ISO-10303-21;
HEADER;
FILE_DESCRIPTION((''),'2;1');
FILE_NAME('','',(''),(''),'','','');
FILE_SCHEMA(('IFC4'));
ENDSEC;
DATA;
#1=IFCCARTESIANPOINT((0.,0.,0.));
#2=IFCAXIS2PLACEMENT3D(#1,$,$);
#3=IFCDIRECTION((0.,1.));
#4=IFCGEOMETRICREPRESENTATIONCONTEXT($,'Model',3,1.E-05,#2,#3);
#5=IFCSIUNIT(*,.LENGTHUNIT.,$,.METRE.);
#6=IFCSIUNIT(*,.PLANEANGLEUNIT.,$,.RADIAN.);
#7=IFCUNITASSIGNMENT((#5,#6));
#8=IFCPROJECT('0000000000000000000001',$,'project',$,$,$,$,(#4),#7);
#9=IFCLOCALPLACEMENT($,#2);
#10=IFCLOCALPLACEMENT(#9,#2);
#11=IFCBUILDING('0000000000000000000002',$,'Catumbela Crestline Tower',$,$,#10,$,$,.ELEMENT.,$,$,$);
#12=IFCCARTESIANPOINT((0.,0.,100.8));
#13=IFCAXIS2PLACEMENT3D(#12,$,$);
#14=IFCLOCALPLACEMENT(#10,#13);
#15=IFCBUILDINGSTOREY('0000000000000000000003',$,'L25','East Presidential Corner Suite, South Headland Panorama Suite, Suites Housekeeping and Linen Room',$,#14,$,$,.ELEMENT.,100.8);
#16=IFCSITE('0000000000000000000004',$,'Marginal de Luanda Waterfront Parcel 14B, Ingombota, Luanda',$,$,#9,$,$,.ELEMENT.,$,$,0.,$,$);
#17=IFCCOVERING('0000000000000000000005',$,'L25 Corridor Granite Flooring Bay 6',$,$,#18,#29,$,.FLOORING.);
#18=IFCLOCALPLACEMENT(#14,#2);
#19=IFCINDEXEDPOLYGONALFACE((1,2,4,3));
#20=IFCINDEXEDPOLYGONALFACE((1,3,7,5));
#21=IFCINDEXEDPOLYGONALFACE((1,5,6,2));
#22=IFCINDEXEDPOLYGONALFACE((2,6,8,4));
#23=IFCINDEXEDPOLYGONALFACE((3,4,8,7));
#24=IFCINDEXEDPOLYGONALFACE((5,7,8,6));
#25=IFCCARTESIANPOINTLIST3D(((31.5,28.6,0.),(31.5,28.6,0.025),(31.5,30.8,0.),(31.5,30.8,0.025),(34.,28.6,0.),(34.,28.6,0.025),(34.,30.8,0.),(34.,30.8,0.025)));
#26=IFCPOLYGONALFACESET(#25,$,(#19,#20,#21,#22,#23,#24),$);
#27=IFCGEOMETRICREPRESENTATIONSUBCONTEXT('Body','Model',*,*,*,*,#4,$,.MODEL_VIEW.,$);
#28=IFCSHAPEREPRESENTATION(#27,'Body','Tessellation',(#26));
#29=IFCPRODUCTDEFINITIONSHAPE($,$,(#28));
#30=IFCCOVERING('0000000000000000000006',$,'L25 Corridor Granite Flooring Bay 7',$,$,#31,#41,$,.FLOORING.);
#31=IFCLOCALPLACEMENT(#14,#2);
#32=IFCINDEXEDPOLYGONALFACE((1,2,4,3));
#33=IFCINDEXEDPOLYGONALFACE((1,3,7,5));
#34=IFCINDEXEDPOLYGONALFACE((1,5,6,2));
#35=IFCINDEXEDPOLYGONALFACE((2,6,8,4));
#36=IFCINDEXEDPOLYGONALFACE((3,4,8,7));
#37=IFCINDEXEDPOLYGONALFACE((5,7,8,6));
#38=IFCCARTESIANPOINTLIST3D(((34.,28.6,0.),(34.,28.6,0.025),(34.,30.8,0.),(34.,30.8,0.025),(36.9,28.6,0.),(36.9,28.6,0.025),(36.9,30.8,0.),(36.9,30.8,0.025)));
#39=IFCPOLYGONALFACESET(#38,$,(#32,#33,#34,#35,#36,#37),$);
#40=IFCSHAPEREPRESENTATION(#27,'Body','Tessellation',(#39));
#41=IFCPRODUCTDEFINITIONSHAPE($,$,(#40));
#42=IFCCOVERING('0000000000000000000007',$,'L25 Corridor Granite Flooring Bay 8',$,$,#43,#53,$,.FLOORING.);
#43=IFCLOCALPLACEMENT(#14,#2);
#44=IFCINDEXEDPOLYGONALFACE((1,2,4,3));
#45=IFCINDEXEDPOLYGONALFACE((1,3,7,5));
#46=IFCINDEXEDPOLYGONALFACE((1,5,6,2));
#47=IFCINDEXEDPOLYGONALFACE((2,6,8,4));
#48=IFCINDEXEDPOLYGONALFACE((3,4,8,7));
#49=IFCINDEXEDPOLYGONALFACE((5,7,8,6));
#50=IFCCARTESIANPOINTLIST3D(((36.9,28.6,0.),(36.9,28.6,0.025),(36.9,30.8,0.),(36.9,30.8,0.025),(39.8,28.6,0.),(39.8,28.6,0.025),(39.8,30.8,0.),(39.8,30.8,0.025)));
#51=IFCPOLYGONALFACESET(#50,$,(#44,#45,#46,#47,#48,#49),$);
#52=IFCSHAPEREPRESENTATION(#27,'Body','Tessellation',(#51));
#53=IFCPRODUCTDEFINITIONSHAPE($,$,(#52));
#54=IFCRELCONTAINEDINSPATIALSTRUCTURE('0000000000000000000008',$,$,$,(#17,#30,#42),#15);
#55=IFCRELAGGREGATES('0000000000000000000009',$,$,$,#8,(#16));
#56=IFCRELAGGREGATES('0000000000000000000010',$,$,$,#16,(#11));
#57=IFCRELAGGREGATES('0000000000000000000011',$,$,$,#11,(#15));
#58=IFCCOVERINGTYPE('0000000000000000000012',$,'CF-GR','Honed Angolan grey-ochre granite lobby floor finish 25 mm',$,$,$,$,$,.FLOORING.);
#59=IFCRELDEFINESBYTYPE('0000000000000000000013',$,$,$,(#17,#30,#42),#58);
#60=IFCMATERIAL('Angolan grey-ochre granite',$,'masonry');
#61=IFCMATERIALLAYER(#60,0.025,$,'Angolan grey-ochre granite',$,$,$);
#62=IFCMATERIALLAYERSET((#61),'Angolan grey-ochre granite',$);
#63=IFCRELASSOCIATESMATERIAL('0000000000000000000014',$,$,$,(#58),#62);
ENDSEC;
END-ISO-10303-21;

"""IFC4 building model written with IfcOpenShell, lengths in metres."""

from ifc_helpers import new_model, si_unit, direction, frame, origin, place, context, subcontext, project, spatial, polyline, outline, extrude, material, layer, layer_set, type_object, element, save


model = new_model("IFC4")

# Units and contexts
model_context = context("Model", 3, precision=1e-05, world=origin(), true_north=direction((0.0, 1.0)))
body_context = subcontext(model_context, "Body", "Model", "MODEL_VIEW")
ifc_project = project(units=[si_unit("LENGTHUNIT", "METRE"), si_unit("PLANEANGLEUNIT", "RADIAN")], contexts=[model_context])

# Site, building, storey
site_placement = place(None, origin())
site = spatial("IfcSite", under=ifc_project, at=site_placement, Name="Marginal de Luanda Waterfront Parcel 14B, Ingombota, Luanda", CompositionType="ELEMENT", RefElevation=0.0)
building_placement = place(site_placement, origin())
building = spatial("IfcBuilding", under=site, at=building_placement, Name="Catumbela Crestline Tower", CompositionType="ELEMENT")
storey_placement = place(building_placement, frame((0.0, 0.0, 100.8)))
storey = spatial("IfcBuildingStorey", under=building, at=storey_placement, Name="L25", Description="East Presidential Corner Suite, South Headland Panorama Suite, Suites Housekeeping and Linen Room", CompositionType="ELEMENT", Elevation=100.8)

# Shared definitions
ifc_material_1 = material(Name="Angolan grey-ochre granite", Category="masonry")

# Coverings
ifc_layer_1 = layer(ifc_material_1, 0.025, Name="Angolan grey-ochre granite")
ifc_layer_set_1 = layer_set([ifc_layer_1], Name="Angolan grey-ochre granite")
covering_type_1 = type_object("IfcCoveringType", Name="CF-GR", Description="Honed Angolan grey-ochre granite lobby floor finish 25 mm", PredefinedType="FLOORING", material=ifc_layer_set_1)
covering_1_placement = place(storey_placement, origin())
element("IfcCovering", 1, at=covering_1_placement, inside=storey, type_object=covering_type_1, Name="L25 Corridor Granite Flooring Bay 6", PredefinedType="FLOORING", context=body_context, shape_type="SweptSolid", body=[
    extrude(outline(polyline([(31.5, 28.6), (34.0, 28.6), (34.0, 30.8), (31.5, 30.8), (31.5, 28.6)])), origin(), (0.0, 0.0, 1.0), 0.025),
])
covering_2_placement = place(storey_placement, origin())
element("IfcCovering", 2, at=covering_2_placement, inside=storey, type_object=covering_type_1, Name="L25 Corridor Granite Flooring Bay 7", PredefinedType="FLOORING", context=body_context, shape_type="SweptSolid", body=[
    extrude(outline(polyline([(34.0, 28.6), (36.9, 28.6), (36.9, 30.8), (34.0, 30.8), (34.0, 28.6)])), origin(), (0.0, 0.0, 1.0), 0.025),
])
covering_3_placement = place(storey_placement, origin())
element("IfcCovering", 3, at=covering_3_placement, inside=storey, type_object=covering_type_1, Name="L25 Corridor Granite Flooring Bay 8", PredefinedType="FLOORING", context=body_context, shape_type="SweptSolid", body=[
    extrude(outline(polyline([(36.9, 28.6), (39.8, 28.6), (39.8, 30.8), (36.9, 30.8), (36.9, 28.6)])), origin(), (0.0, 0.0, 1.0), 0.025),
])

save(model, "model.ifc")
